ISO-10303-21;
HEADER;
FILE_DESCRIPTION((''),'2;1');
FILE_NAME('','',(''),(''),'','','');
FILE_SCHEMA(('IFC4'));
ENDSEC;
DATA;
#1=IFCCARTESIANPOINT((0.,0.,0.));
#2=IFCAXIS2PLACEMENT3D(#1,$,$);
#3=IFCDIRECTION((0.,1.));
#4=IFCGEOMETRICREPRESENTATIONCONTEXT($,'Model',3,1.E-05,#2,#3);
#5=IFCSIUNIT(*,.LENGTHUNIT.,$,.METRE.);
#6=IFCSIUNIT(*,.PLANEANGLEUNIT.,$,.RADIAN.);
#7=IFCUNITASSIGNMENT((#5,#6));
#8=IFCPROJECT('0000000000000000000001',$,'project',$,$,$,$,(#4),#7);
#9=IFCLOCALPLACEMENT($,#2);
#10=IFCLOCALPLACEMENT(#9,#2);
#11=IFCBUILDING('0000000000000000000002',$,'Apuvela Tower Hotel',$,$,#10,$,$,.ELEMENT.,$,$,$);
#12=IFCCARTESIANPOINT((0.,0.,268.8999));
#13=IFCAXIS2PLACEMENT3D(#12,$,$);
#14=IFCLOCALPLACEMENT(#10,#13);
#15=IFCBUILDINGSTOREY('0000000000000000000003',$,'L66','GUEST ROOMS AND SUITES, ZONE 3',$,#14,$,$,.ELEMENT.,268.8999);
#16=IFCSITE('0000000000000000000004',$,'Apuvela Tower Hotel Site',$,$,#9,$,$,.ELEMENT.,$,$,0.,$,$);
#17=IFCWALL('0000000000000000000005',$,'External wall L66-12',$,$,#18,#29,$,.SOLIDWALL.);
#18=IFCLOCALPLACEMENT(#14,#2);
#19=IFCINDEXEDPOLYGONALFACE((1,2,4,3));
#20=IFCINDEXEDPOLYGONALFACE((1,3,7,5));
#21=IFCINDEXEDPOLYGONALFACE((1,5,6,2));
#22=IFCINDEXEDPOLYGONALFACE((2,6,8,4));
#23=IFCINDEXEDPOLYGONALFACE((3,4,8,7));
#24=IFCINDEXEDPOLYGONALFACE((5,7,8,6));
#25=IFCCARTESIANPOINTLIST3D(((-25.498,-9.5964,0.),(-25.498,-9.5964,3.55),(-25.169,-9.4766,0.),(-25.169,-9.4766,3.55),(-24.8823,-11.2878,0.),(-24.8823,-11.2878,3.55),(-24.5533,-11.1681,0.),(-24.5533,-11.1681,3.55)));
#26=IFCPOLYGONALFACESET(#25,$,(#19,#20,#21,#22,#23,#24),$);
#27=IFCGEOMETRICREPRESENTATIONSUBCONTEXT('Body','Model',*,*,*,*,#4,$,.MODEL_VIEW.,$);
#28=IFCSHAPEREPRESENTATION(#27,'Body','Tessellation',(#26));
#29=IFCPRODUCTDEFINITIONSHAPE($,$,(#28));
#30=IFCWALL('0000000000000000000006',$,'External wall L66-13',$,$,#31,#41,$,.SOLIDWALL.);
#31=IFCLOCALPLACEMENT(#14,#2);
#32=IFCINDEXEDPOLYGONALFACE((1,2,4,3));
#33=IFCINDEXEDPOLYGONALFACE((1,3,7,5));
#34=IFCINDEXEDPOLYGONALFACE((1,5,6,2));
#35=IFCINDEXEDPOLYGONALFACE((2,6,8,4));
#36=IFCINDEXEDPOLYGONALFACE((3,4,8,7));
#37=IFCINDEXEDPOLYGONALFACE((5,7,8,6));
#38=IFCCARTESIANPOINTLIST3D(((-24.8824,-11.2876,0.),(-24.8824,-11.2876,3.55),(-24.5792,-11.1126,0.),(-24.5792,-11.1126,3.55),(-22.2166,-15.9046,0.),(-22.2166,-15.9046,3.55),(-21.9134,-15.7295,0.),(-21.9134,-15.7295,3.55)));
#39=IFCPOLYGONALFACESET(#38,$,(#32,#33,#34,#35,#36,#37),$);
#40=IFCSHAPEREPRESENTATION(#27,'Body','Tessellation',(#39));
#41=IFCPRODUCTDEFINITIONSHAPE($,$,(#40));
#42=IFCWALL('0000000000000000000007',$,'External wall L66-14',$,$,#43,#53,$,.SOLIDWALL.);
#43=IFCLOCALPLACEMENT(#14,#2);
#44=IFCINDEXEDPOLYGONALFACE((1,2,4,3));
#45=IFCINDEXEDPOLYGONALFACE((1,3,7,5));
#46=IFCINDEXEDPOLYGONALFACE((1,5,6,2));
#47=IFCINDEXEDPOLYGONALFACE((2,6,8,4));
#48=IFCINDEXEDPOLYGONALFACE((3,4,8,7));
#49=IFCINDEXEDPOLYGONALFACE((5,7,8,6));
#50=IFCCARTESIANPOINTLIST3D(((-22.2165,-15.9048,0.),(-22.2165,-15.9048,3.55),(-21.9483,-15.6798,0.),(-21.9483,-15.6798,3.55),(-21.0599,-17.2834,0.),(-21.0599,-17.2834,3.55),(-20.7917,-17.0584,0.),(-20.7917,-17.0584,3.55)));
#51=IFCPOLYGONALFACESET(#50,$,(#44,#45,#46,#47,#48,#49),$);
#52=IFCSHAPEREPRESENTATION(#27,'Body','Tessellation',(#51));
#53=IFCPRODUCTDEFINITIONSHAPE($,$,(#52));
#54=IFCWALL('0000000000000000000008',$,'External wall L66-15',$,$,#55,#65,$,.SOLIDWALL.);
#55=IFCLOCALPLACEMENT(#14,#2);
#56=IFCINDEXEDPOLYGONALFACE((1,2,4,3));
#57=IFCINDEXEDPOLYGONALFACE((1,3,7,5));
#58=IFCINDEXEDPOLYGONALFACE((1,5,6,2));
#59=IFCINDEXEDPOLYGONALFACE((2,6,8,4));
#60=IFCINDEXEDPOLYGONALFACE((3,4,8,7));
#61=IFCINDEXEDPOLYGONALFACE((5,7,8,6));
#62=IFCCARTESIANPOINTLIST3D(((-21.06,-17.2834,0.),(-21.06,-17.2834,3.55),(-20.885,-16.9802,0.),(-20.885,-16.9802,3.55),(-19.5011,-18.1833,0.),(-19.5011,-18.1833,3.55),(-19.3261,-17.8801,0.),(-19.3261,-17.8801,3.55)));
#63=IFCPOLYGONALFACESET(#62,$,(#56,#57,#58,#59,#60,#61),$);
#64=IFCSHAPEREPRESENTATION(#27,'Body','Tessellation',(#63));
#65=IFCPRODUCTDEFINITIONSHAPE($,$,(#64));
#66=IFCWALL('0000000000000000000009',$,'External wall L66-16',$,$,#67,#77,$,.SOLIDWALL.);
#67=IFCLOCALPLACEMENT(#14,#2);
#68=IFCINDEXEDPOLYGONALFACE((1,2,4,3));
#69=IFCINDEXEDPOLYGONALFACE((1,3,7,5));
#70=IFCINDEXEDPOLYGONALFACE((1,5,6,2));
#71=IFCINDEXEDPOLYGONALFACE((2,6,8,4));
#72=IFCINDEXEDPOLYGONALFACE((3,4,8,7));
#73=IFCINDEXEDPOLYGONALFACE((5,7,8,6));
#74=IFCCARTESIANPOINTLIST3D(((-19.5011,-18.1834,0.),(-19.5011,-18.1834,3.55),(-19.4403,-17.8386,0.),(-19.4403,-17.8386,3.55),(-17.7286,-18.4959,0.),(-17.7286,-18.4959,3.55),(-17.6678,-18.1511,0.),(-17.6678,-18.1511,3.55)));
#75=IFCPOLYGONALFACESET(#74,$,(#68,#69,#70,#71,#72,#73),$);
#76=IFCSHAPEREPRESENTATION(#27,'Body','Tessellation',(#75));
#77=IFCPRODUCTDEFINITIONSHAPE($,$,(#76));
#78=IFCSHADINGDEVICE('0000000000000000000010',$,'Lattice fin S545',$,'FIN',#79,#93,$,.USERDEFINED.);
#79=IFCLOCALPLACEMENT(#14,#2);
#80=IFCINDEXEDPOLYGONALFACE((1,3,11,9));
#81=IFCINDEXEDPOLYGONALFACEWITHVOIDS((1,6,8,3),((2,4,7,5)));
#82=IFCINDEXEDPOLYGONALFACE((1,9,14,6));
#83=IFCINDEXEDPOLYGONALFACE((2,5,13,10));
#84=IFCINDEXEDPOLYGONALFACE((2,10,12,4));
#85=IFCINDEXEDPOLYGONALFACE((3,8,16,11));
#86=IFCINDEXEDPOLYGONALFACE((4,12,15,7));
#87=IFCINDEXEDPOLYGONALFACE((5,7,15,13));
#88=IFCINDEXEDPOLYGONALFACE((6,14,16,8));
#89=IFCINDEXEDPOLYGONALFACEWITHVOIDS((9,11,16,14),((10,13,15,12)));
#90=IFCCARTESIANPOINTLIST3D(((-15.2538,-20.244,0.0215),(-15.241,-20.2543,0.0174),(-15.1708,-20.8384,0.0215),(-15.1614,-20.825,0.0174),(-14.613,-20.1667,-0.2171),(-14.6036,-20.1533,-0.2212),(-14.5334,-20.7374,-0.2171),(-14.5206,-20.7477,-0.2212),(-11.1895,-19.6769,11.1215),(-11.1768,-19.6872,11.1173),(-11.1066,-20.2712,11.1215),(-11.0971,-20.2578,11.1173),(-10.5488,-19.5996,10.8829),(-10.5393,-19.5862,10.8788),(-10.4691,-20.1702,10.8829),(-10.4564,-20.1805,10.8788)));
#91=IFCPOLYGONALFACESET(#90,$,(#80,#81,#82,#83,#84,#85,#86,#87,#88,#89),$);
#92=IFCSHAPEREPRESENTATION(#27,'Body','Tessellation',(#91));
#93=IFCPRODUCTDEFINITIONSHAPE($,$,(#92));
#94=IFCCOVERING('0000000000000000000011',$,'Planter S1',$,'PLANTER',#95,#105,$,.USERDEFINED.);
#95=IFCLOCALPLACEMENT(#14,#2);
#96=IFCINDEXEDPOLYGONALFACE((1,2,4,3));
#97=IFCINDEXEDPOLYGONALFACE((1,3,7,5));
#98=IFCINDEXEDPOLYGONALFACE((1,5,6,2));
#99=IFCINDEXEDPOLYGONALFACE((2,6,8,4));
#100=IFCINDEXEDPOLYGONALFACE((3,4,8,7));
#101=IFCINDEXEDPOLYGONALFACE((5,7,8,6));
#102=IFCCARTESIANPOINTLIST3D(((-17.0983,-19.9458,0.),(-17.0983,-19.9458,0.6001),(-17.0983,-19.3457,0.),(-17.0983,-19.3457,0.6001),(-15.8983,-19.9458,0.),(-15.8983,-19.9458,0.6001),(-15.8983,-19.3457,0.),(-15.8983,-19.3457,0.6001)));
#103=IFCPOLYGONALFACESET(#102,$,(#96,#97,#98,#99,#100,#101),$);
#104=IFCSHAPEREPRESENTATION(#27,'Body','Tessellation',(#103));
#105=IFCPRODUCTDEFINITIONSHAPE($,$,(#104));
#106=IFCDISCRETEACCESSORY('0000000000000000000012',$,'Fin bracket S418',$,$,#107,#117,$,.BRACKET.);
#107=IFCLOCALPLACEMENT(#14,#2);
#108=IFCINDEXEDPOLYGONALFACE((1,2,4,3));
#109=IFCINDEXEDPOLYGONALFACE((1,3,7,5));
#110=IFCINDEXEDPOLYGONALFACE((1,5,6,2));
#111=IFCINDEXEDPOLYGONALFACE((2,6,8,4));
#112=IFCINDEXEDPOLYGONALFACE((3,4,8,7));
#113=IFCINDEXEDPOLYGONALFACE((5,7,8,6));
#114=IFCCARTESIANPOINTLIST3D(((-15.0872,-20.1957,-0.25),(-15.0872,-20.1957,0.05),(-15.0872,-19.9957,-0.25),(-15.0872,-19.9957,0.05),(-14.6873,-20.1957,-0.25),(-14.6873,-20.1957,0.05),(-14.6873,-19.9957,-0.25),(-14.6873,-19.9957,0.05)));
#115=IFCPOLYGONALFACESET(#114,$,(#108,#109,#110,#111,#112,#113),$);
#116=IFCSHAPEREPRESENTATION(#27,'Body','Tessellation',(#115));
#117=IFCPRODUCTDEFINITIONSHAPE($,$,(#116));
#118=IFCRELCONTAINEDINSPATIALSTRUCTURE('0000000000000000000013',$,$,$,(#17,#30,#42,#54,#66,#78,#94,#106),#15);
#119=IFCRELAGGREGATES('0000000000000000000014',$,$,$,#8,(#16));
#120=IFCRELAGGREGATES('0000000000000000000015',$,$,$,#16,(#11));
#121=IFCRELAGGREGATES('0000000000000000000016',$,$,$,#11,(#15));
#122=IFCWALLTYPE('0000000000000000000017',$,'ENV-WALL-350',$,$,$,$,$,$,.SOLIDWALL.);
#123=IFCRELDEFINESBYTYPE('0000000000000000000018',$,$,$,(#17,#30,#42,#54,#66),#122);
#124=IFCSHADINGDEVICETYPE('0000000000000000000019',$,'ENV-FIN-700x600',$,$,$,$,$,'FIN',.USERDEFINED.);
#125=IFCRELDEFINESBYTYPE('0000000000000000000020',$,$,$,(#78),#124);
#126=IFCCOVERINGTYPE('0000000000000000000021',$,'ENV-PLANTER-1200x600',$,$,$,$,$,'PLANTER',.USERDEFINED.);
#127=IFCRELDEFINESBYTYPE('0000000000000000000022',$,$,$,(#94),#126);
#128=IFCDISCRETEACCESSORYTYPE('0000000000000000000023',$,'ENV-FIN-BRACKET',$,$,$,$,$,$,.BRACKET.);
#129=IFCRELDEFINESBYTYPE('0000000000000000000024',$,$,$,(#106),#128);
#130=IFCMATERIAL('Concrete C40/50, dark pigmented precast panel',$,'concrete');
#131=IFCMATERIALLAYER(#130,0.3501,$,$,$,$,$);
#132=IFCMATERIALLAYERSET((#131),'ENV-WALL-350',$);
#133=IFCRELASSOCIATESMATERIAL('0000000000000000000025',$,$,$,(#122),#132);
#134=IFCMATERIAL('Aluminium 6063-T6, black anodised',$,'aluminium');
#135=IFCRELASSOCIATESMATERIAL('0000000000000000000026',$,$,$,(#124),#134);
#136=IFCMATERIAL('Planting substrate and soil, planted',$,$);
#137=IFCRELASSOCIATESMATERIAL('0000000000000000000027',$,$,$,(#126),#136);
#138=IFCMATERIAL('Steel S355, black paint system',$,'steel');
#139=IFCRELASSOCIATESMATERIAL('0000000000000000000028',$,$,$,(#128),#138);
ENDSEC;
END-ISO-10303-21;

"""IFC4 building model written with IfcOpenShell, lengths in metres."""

from ifc_helpers import new_model, si_unit, direction, frame, frame_2d, origin, origin_2d, place, context, subcontext, project, spatial, rectangle, hollow_rectangle, extrude, material, layer, layer_set, material_profile, profile_set, type_object, element, save


model = new_model("IFC4")

# Units and contexts
model_context = context("Model", 3, precision=1e-05, world=origin(), true_north=direction((0.0, 1.0)))
body_context = subcontext(model_context, "Body", "Model", "MODEL_VIEW")
ifc_project = project(units=[si_unit("LENGTHUNIT", "METRE"), si_unit("PLANEANGLEUNIT", "RADIAN")], contexts=[model_context])

# Site, building, storey
site_placement = place(None, origin())
site = spatial("IfcSite", under=ifc_project, at=site_placement, Name="Apuvela Tower Hotel Site", CompositionType="ELEMENT", RefElevation=0.0)
building_placement = place(site_placement, origin())
building = spatial("IfcBuilding", under=site, at=building_placement, Name="Apuvela Tower Hotel", CompositionType="ELEMENT")
storey_placement = place(building_placement, frame((0.0, 0.0, 268.8999)))
storey = spatial("IfcBuildingStorey", under=building, at=storey_placement, Name="L66", Description="GUEST ROOMS AND SUITES, ZONE 3", CompositionType="ELEMENT", Elevation=268.8999)

# Walls
ifc_material_1 = material(Name="Concrete C40/50, dark pigmented precast panel", Category="concrete")
ifc_layer_1 = layer(ifc_material_1, 0.3501)
ifc_layer_set_1 = layer_set([ifc_layer_1], Name="ENV-WALL-350")
wall_type_1 = type_object("IfcWallType", Name="ENV-WALL-350", PredefinedType="SOLIDWALL", material=ifc_layer_set_1)
wall_1_placement = place(storey_placement, frame((-25.3335, -9.5366, 0.0), z_axis=(0.0, 0.0, 1.0), x_axis=(0.34207, -0.939675, 0.0)))
element("IfcWall", 1, at=wall_1_placement, inside=storey, type_object=wall_type_1, Name="External wall L66-12", PredefinedType="SOLIDWALL", context=body_context, shape_type="SweptSolid", body=[
    extrude(rectangle(XDim=1.8, YDim=0.3501, at=frame_2d((0.8999, 0.0))), origin(), (0.0, 0.0, 1.0), 3.55),
])
wall_2_placement = place(storey_placement, frame((-24.7307, -11.2002, 0.0), z_axis=(0.0, 0.0, 1.0), x_axis=(0.500025, -0.866011, 0.0)))
element("IfcWall", 2, at=wall_2_placement, inside=storey, type_object=wall_type_1, Name="External wall L66-13", PredefinedType="SOLIDWALL", context=body_context, shape_type="SweptSolid", body=[
    extrude(rectangle(XDim=5.3313, YDim=0.3501, at=frame_2d((2.6655, 0.0))), origin(), (0.0, 0.0, 1.0), 3.55),
])
wall_3_placement = place(storey_placement, frame((-22.0825, -15.7922, 0.0), z_axis=(0.0, 0.0, 1.0), x_axis=(0.642756, -0.766071, 0.0)))
element("IfcWall", 3, at=wall_3_placement, inside=storey, type_object=wall_type_1, Name="External wall L66-14", PredefinedType="SOLIDWALL", context=body_context, shape_type="SweptSolid", body=[
    extrude(rectangle(XDim=1.7996, YDim=0.3501, at=frame_2d((0.8999, 0.0))), origin(), (0.0, 0.0, 1.0), 3.55),
])
wall_4_placement = place(storey_placement, frame((-20.9724, -17.1318, 0.0), z_axis=(0.0, 0.0, 1.0), x_axis=(0.866048, -0.499961, 0.0)))
element("IfcWall", 4, at=wall_4_placement, inside=storey, type_object=wall_type_1, Name="External wall L66-15", PredefinedType="SOLIDWALL", context=body_context, shape_type="SweptSolid", body=[
    extrude(rectangle(XDim=1.8, YDim=0.3501, at=frame_2d((0.8999, 0.0))), origin(), (0.0, 0.0, 1.0), 3.55),
])
wall_5_placement = place(storey_placement, frame((-19.4707, -18.011, 0.0), z_axis=(0.0, 0.0, 1.0), x_axis=(0.984811, -0.173631, 0.0)))
element("IfcWall", 5, at=wall_5_placement, inside=storey, type_object=wall_type_1, Name="External wall L66-16", PredefinedType="SOLIDWALL", context=body_context, shape_type="SweptSolid", body=[
    extrude(rectangle(XDim=1.7998, YDim=0.3501, at=frame_2d((0.8999, 0.0))), origin(), (0.0, 0.0, 1.0), 3.55),
])

# Shading device
ifc_material_2 = material(Name="Aluminium 6063-T6, black anodised", Category="aluminium")
ifc_material_profile_1 = material_profile(ifc_material_2, hollow_rectangle(XDim=0.6001, YDim=0.7, WallThickness=0.012, at=origin_2d()), Name="AL BOX 700x600x12")
ifc_profile_set_1 = profile_set([ifc_material_profile_1], Name="Aluminium 6063-T6, black anodised")
shading_device_type = type_object("IfcShadingDeviceType", Name="ENV-FIN-700x600", ElementType="FIN", PredefinedType="USERDEFINED", material=ifc_profile_set_1)
shading_device_placement = place(storey_placement, frame((-14.8872, -20.4958, -0.0999), z_axis=(0.343432, 0.047924, 0.937954), x_axis=(-0.138206, 0.990404, 0.0)))
element("IfcShadingDevice", 6, at=shading_device_placement, inside=storey, type_object=shading_device_type, Name="Lattice fin S545", ObjectType="FIN", PredefinedType="USERDEFINED", context=body_context, shape_type="SweptSolid", body=[
    extrude(hollow_rectangle(XDim=0.6001, YDim=0.7, WallThickness=0.012, at=origin_2d()), origin(), (0.0, 0.0, 1.0), 11.8342),
])

# Covering
ifc_material_3 = material(Name="Planting substrate and soil, planted")
covering_type = type_object("IfcCoveringType", Name="ENV-PLANTER-1200x600", ElementType="PLANTER", PredefinedType="USERDEFINED", material=ifc_material_3)
covering_placement = place(storey_placement, frame((-16.4983, -19.6458, 0.0), z_axis=(0.0, 0.0, 1.0), x_axis=(1.0, 0.0, 0.0)))
element("IfcCovering", 7, at=covering_placement, inside=storey, type_object=covering_type, Name="Planter S1", ObjectType="PLANTER", PredefinedType="USERDEFINED", context=body_context, shape_type="SweptSolid", body=[
    extrude(rectangle(XDim=1.2, YDim=0.6001, at=origin_2d()), origin(), (0.0, 0.0, 1.0), 0.6001),
])

# Discrete accessory
ifc_material_4 = material(Name="Steel S355, black paint system", Category="steel")
discrete_accessory_type = type_object("IfcDiscreteAccessoryType", Name="ENV-FIN-BRACKET", PredefinedType="BRACKET", material=ifc_material_4)
discrete_accessory_placement = place(storey_placement, frame((-14.8872, -20.0957, -0.25), z_axis=(0.0, 0.0, 1.0), x_axis=(1.0, 0.0, 0.0)))
element("IfcDiscreteAccessory", 8, at=discrete_accessory_placement, inside=storey, type_object=discrete_accessory_type, Name="Fin bracket S418", PredefinedType="BRACKET", context=body_context, shape_type="SweptSolid", body=[
    extrude(rectangle(XDim=0.3999, YDim=0.2, at=origin_2d()), origin(), (0.0, 0.0, 1.0), 0.3),
])

save(model, "model.ifc")
